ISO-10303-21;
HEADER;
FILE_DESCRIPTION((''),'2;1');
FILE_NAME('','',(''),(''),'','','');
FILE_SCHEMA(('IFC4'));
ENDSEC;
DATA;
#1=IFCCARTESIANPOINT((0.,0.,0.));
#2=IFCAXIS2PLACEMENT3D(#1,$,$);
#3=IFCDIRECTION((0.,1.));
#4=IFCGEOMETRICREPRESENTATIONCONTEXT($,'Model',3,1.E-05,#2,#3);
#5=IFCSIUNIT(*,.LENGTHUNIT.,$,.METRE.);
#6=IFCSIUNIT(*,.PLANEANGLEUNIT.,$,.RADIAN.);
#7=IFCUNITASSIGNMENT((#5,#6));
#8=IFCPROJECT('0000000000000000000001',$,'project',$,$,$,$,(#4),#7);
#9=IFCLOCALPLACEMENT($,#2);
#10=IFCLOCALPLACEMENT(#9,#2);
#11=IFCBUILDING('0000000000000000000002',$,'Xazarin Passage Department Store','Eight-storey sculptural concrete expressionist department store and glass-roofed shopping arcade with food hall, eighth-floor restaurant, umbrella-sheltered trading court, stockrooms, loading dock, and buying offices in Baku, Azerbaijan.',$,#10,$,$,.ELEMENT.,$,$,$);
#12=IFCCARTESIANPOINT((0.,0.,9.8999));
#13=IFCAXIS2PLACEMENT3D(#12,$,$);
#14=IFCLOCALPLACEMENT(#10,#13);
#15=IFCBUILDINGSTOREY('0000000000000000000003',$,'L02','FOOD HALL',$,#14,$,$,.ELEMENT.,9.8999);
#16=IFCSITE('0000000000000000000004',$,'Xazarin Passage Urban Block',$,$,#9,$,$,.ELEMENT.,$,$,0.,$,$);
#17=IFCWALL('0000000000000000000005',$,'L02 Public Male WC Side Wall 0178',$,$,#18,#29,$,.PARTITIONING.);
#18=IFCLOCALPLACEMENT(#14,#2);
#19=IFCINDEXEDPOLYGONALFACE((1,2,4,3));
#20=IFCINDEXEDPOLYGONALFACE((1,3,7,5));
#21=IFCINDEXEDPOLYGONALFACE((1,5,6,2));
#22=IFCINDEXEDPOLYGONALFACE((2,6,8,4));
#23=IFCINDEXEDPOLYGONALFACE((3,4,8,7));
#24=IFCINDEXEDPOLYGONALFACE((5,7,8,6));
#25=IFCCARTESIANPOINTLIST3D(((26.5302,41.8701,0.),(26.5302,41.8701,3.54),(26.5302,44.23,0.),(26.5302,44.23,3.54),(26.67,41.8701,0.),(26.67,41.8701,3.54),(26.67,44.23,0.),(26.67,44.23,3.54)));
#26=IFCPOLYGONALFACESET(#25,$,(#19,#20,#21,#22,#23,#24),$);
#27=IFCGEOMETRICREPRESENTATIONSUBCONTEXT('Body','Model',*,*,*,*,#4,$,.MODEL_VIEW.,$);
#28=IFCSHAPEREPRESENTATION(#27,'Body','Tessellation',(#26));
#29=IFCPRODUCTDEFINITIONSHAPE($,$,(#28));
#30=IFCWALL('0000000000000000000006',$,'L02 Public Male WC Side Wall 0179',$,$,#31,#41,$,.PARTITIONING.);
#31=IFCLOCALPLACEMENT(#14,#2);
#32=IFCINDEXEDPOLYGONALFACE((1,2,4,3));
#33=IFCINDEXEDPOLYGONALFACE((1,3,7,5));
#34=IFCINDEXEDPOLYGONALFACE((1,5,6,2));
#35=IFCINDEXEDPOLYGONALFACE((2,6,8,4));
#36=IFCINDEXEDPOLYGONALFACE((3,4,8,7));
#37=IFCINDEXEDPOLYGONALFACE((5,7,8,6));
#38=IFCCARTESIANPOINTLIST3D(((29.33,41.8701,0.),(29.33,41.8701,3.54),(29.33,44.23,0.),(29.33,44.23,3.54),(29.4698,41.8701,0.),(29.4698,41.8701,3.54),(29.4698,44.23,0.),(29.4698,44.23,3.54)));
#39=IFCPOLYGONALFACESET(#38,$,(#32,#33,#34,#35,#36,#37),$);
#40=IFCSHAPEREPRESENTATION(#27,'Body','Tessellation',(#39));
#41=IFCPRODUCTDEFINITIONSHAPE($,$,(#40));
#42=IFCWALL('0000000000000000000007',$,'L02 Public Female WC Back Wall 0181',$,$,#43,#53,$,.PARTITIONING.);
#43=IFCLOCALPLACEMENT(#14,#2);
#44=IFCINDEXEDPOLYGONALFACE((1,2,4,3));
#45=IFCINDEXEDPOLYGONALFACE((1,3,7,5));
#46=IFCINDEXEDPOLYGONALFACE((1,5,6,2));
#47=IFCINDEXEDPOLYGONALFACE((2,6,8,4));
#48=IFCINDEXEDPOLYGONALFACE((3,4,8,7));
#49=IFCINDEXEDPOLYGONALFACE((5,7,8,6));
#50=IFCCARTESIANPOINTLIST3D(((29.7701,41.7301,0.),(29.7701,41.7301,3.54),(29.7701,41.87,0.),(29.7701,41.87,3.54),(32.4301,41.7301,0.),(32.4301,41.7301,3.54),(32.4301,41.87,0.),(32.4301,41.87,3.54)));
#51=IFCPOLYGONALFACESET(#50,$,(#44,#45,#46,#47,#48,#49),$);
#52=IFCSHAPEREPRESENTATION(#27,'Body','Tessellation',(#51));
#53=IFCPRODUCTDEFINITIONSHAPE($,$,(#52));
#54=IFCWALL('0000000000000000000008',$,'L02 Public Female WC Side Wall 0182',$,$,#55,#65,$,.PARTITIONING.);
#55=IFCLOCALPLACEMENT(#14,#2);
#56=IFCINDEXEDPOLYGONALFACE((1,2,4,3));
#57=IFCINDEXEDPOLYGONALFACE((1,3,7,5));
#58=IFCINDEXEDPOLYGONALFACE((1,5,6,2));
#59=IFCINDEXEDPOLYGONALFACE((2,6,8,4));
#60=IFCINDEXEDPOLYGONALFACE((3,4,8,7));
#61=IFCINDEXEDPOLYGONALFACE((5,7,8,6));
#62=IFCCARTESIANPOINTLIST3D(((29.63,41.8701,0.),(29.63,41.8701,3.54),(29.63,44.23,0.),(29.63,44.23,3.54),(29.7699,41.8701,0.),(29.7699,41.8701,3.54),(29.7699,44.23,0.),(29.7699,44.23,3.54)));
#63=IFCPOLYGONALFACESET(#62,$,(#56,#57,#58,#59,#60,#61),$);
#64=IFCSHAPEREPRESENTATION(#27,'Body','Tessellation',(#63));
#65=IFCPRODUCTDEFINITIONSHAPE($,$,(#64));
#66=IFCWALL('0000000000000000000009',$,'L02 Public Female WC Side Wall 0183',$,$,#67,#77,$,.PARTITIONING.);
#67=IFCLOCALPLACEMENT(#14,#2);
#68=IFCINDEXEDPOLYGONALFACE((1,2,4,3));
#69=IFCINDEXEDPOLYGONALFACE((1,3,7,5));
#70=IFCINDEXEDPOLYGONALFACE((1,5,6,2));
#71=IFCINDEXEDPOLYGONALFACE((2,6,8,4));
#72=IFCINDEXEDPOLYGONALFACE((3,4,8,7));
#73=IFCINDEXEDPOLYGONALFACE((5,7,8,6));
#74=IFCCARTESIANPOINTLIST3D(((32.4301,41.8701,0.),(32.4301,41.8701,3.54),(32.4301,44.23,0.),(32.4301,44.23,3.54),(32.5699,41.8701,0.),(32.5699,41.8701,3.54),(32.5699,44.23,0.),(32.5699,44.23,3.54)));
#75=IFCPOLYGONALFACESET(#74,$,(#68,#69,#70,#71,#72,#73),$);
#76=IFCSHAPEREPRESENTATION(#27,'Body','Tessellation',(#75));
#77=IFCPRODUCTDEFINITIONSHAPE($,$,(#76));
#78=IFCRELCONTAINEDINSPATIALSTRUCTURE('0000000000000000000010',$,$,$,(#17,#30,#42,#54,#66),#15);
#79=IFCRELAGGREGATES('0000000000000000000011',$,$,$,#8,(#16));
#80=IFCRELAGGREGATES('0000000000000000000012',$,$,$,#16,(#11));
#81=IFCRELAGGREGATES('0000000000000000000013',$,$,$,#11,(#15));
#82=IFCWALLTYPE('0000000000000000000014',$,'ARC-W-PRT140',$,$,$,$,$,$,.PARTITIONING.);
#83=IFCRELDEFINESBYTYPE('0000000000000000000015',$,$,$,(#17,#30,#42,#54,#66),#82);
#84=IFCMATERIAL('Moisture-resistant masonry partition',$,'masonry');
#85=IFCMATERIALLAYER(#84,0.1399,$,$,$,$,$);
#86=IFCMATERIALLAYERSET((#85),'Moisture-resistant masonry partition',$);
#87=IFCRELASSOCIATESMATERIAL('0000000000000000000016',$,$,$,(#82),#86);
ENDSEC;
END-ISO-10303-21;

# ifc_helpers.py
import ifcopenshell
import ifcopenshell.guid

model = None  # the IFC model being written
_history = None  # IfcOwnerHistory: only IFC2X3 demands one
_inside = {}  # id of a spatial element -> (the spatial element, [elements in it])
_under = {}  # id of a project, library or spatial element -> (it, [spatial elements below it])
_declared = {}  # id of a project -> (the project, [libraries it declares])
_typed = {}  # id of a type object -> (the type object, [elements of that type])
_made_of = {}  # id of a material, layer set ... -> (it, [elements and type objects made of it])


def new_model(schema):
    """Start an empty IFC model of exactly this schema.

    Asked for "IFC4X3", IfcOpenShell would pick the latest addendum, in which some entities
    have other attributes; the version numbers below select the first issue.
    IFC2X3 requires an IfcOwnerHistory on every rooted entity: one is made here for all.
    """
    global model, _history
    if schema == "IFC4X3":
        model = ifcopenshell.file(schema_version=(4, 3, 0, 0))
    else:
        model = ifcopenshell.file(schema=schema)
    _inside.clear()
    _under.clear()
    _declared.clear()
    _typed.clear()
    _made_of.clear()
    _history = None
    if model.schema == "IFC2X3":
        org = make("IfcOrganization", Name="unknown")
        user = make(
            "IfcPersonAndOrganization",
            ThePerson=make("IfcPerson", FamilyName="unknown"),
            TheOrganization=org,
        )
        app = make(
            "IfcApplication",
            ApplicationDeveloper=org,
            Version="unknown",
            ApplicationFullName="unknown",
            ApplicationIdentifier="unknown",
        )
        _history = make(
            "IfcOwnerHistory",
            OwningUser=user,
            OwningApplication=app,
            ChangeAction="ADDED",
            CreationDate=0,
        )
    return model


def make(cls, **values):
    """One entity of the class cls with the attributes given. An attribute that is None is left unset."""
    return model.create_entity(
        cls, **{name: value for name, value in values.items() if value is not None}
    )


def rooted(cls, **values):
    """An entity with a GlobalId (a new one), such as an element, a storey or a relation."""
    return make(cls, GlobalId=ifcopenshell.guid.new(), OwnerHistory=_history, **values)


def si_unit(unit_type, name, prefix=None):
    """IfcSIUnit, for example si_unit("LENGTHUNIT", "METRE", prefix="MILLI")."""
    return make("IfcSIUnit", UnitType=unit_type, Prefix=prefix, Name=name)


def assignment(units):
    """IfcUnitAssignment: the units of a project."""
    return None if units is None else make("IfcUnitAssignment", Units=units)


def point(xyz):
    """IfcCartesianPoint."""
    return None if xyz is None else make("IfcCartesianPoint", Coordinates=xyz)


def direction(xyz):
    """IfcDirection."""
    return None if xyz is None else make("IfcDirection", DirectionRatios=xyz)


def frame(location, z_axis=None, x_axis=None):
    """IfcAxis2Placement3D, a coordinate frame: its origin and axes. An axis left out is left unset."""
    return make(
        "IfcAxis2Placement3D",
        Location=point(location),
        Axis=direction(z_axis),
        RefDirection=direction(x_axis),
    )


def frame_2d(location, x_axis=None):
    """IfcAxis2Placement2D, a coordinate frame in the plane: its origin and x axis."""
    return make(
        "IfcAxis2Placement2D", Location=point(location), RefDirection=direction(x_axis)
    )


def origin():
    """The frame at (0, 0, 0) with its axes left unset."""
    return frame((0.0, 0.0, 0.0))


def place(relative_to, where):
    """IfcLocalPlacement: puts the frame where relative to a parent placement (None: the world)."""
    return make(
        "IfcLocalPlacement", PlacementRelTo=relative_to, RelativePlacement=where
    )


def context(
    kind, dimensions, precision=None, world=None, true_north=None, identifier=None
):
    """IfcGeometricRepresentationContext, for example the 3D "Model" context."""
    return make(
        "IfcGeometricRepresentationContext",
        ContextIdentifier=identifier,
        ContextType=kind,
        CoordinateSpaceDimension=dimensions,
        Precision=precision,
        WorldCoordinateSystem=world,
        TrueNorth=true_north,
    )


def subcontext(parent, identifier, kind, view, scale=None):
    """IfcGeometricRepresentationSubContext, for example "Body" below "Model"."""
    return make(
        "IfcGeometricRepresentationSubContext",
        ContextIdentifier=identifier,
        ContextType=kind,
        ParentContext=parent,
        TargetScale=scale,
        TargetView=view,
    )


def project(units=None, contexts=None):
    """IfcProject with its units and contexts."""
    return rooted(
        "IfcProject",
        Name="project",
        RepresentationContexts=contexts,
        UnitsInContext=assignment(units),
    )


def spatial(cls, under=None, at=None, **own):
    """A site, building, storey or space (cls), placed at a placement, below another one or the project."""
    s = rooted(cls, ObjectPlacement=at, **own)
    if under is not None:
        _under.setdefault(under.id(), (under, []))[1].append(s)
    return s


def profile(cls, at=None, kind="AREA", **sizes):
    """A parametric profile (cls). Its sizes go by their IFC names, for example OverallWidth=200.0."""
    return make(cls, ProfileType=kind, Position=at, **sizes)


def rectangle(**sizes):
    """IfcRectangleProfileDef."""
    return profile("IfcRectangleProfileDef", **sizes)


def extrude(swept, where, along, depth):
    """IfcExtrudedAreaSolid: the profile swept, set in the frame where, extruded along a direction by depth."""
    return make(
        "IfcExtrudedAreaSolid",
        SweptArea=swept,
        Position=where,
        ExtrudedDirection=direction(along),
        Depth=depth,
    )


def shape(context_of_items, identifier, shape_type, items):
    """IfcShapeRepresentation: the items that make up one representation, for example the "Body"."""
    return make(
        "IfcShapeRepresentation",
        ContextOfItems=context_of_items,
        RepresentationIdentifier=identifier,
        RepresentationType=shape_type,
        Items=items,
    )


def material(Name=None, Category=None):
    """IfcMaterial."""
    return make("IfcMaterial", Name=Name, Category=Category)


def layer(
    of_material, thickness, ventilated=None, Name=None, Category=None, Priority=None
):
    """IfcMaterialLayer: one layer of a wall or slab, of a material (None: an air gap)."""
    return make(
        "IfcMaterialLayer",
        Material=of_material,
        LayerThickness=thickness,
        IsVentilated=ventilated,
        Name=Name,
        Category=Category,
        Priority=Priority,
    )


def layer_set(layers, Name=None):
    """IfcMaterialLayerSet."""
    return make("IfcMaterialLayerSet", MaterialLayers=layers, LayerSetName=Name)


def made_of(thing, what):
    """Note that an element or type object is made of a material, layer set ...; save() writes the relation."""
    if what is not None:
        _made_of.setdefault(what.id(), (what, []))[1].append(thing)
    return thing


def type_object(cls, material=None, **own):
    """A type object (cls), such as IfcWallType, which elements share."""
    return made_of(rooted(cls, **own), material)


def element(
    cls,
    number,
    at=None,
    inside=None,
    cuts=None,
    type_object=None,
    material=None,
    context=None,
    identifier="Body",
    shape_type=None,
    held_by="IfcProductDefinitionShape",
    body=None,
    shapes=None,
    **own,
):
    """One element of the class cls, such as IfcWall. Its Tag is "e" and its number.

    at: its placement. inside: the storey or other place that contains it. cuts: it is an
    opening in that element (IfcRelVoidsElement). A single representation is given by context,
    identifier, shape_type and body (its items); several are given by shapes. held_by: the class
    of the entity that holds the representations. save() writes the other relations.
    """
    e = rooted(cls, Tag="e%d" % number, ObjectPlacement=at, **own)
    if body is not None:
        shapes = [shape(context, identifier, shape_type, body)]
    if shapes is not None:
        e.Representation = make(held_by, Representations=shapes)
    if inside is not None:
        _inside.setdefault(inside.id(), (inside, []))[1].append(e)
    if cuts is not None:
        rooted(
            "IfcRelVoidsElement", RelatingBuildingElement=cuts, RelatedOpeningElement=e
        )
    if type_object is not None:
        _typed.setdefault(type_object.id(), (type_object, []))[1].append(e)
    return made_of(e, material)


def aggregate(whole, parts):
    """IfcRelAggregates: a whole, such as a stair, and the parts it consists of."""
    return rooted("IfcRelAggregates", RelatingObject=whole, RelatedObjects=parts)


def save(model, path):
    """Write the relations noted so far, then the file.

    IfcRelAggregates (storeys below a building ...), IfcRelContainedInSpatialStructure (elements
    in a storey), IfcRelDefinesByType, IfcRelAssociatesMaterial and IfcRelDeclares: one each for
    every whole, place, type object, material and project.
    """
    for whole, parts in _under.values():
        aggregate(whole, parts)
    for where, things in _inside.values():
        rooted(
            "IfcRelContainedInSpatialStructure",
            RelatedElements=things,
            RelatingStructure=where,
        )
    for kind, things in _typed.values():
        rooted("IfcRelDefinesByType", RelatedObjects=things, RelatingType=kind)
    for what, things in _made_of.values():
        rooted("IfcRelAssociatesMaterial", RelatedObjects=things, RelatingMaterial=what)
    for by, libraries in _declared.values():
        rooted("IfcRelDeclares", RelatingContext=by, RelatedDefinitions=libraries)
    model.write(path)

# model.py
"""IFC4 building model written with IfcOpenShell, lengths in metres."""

from ifc_helpers import new_model, si_unit, direction, frame, frame_2d, origin, place, context, subcontext, project, spatial, rectangle, extrude, material, layer, layer_set, type_object, element, save


model = new_model("IFC4")

# Units and contexts
model_context = context("Model", 3, precision=1e-05, world=origin(), true_north=direction((0.0, 1.0)))
body_context = subcontext(model_context, "Body", "Model", "MODEL_VIEW")
ifc_project = project(units=[si_unit("LENGTHUNIT", "METRE"), si_unit("PLANEANGLEUNIT", "RADIAN")], contexts=[model_context])

# Site, building, storey
site_placement = place(None, origin())
site = spatial("IfcSite", under=ifc_project, at=site_placement, Name="Xazarin Passage Urban Block", CompositionType="ELEMENT", RefElevation=0.0)
building_placement = place(site_placement, origin())
building = spatial("IfcBuilding", under=site, at=building_placement, Name="Xazarin Passage Department Store", Description="Eight-storey sculptural concrete expressionist department store and glass-roofed shopping arcade with food hall, eighth-floor restaurant, umbrella-sheltered trading court, stockrooms, loading dock, and buying offices in Baku, Azerbaijan.", CompositionType="ELEMENT")
storey_placement = place(building_placement, frame((0.0, 0.0, 9.8999)))
storey = spatial("IfcBuildingStorey", under=building, at=storey_placement, Name="L02", Description="FOOD HALL", CompositionType="ELEMENT", Elevation=9.8999)

# Walls
ifc_material_1 = material(Name="Moisture-resistant masonry partition", Category="masonry")
ifc_layer = layer(ifc_material_1, 0.1399)
ifc_layer_set = layer_set([ifc_layer], Name="Moisture-resistant masonry partition")
wall_type = type_object("IfcWallType", Name="ARC-W-PRT140", PredefinedType="PARTITIONING", material=ifc_layer_set)
for number, where, z_axis, x_axis, name in (
    (1, (26.6001, 41.8701, 0.0), (0.0, 0.0, 1.0), (0.0, 1.0, 0.0), "L02 Public Male WC Side Wall 0178"),
    (2, (29.3999, 41.8701, 0.0), (0.0, 0.0, 1.0), (0.0, 1.0, 0.0), "L02 Public Male WC Side Wall 0179"),
):
    element("IfcWall", number, at=place(storey_placement, frame(where, z_axis=z_axis, x_axis=x_axis)), inside=storey, type_object=wall_type, Name=name, PredefinedType="PARTITIONING", context=body_context, shape_type="SweptSolid", body=[
        extrude(rectangle(XDim=2.3599, YDim=0.1399, at=frame_2d((1.1799, 0.0))), origin(), (0.0, 0.0, 1.0), 3.54),
    ])
wall_1_placement = place(storey_placement, frame((29.77, 41.8, 0.0), z_axis=(0.0, 0.0, 1.0), x_axis=(1.0, 0.0, 0.0)))
element("IfcWall", 3, at=wall_1_placement, inside=storey, type_object=wall_type, Name="L02 Public Female WC Back Wall 0181", PredefinedType="PARTITIONING", context=body_context, shape_type="SweptSolid", body=[
    extrude(rectangle(XDim=2.6599, YDim=0.1399, at=frame_2d((1.3301, 0.0))), origin(), (0.0, 0.0, 1.0), 3.54),
])
for number, where, z_axis, x_axis, name in (
    (4, (29.7, 41.8701, 0.0), (0.0, 0.0, 1.0), (0.0, 1.0, 0.0), "L02 Public Female WC Side Wall 0182"),
    (5, (32.5, 41.8701, 0.0), (0.0, 0.0, 1.0), (0.0, 1.0, 0.0), "L02 Public Female WC Side Wall 0183"),
):
    element("IfcWall", number, at=place(storey_placement, frame(where, z_axis=z_axis, x_axis=x_axis)), inside=storey, type_object=wall_type, Name=name, PredefinedType="PARTITIONING", context=body_context, shape_type="SweptSolid", body=[
        extrude(rectangle(XDim=2.3599, YDim=0.1399, at=frame_2d((1.1799, 0.0))), origin(), (0.0, 0.0, 1.0), 3.54),
    ])

save(model, "model.ifc")
